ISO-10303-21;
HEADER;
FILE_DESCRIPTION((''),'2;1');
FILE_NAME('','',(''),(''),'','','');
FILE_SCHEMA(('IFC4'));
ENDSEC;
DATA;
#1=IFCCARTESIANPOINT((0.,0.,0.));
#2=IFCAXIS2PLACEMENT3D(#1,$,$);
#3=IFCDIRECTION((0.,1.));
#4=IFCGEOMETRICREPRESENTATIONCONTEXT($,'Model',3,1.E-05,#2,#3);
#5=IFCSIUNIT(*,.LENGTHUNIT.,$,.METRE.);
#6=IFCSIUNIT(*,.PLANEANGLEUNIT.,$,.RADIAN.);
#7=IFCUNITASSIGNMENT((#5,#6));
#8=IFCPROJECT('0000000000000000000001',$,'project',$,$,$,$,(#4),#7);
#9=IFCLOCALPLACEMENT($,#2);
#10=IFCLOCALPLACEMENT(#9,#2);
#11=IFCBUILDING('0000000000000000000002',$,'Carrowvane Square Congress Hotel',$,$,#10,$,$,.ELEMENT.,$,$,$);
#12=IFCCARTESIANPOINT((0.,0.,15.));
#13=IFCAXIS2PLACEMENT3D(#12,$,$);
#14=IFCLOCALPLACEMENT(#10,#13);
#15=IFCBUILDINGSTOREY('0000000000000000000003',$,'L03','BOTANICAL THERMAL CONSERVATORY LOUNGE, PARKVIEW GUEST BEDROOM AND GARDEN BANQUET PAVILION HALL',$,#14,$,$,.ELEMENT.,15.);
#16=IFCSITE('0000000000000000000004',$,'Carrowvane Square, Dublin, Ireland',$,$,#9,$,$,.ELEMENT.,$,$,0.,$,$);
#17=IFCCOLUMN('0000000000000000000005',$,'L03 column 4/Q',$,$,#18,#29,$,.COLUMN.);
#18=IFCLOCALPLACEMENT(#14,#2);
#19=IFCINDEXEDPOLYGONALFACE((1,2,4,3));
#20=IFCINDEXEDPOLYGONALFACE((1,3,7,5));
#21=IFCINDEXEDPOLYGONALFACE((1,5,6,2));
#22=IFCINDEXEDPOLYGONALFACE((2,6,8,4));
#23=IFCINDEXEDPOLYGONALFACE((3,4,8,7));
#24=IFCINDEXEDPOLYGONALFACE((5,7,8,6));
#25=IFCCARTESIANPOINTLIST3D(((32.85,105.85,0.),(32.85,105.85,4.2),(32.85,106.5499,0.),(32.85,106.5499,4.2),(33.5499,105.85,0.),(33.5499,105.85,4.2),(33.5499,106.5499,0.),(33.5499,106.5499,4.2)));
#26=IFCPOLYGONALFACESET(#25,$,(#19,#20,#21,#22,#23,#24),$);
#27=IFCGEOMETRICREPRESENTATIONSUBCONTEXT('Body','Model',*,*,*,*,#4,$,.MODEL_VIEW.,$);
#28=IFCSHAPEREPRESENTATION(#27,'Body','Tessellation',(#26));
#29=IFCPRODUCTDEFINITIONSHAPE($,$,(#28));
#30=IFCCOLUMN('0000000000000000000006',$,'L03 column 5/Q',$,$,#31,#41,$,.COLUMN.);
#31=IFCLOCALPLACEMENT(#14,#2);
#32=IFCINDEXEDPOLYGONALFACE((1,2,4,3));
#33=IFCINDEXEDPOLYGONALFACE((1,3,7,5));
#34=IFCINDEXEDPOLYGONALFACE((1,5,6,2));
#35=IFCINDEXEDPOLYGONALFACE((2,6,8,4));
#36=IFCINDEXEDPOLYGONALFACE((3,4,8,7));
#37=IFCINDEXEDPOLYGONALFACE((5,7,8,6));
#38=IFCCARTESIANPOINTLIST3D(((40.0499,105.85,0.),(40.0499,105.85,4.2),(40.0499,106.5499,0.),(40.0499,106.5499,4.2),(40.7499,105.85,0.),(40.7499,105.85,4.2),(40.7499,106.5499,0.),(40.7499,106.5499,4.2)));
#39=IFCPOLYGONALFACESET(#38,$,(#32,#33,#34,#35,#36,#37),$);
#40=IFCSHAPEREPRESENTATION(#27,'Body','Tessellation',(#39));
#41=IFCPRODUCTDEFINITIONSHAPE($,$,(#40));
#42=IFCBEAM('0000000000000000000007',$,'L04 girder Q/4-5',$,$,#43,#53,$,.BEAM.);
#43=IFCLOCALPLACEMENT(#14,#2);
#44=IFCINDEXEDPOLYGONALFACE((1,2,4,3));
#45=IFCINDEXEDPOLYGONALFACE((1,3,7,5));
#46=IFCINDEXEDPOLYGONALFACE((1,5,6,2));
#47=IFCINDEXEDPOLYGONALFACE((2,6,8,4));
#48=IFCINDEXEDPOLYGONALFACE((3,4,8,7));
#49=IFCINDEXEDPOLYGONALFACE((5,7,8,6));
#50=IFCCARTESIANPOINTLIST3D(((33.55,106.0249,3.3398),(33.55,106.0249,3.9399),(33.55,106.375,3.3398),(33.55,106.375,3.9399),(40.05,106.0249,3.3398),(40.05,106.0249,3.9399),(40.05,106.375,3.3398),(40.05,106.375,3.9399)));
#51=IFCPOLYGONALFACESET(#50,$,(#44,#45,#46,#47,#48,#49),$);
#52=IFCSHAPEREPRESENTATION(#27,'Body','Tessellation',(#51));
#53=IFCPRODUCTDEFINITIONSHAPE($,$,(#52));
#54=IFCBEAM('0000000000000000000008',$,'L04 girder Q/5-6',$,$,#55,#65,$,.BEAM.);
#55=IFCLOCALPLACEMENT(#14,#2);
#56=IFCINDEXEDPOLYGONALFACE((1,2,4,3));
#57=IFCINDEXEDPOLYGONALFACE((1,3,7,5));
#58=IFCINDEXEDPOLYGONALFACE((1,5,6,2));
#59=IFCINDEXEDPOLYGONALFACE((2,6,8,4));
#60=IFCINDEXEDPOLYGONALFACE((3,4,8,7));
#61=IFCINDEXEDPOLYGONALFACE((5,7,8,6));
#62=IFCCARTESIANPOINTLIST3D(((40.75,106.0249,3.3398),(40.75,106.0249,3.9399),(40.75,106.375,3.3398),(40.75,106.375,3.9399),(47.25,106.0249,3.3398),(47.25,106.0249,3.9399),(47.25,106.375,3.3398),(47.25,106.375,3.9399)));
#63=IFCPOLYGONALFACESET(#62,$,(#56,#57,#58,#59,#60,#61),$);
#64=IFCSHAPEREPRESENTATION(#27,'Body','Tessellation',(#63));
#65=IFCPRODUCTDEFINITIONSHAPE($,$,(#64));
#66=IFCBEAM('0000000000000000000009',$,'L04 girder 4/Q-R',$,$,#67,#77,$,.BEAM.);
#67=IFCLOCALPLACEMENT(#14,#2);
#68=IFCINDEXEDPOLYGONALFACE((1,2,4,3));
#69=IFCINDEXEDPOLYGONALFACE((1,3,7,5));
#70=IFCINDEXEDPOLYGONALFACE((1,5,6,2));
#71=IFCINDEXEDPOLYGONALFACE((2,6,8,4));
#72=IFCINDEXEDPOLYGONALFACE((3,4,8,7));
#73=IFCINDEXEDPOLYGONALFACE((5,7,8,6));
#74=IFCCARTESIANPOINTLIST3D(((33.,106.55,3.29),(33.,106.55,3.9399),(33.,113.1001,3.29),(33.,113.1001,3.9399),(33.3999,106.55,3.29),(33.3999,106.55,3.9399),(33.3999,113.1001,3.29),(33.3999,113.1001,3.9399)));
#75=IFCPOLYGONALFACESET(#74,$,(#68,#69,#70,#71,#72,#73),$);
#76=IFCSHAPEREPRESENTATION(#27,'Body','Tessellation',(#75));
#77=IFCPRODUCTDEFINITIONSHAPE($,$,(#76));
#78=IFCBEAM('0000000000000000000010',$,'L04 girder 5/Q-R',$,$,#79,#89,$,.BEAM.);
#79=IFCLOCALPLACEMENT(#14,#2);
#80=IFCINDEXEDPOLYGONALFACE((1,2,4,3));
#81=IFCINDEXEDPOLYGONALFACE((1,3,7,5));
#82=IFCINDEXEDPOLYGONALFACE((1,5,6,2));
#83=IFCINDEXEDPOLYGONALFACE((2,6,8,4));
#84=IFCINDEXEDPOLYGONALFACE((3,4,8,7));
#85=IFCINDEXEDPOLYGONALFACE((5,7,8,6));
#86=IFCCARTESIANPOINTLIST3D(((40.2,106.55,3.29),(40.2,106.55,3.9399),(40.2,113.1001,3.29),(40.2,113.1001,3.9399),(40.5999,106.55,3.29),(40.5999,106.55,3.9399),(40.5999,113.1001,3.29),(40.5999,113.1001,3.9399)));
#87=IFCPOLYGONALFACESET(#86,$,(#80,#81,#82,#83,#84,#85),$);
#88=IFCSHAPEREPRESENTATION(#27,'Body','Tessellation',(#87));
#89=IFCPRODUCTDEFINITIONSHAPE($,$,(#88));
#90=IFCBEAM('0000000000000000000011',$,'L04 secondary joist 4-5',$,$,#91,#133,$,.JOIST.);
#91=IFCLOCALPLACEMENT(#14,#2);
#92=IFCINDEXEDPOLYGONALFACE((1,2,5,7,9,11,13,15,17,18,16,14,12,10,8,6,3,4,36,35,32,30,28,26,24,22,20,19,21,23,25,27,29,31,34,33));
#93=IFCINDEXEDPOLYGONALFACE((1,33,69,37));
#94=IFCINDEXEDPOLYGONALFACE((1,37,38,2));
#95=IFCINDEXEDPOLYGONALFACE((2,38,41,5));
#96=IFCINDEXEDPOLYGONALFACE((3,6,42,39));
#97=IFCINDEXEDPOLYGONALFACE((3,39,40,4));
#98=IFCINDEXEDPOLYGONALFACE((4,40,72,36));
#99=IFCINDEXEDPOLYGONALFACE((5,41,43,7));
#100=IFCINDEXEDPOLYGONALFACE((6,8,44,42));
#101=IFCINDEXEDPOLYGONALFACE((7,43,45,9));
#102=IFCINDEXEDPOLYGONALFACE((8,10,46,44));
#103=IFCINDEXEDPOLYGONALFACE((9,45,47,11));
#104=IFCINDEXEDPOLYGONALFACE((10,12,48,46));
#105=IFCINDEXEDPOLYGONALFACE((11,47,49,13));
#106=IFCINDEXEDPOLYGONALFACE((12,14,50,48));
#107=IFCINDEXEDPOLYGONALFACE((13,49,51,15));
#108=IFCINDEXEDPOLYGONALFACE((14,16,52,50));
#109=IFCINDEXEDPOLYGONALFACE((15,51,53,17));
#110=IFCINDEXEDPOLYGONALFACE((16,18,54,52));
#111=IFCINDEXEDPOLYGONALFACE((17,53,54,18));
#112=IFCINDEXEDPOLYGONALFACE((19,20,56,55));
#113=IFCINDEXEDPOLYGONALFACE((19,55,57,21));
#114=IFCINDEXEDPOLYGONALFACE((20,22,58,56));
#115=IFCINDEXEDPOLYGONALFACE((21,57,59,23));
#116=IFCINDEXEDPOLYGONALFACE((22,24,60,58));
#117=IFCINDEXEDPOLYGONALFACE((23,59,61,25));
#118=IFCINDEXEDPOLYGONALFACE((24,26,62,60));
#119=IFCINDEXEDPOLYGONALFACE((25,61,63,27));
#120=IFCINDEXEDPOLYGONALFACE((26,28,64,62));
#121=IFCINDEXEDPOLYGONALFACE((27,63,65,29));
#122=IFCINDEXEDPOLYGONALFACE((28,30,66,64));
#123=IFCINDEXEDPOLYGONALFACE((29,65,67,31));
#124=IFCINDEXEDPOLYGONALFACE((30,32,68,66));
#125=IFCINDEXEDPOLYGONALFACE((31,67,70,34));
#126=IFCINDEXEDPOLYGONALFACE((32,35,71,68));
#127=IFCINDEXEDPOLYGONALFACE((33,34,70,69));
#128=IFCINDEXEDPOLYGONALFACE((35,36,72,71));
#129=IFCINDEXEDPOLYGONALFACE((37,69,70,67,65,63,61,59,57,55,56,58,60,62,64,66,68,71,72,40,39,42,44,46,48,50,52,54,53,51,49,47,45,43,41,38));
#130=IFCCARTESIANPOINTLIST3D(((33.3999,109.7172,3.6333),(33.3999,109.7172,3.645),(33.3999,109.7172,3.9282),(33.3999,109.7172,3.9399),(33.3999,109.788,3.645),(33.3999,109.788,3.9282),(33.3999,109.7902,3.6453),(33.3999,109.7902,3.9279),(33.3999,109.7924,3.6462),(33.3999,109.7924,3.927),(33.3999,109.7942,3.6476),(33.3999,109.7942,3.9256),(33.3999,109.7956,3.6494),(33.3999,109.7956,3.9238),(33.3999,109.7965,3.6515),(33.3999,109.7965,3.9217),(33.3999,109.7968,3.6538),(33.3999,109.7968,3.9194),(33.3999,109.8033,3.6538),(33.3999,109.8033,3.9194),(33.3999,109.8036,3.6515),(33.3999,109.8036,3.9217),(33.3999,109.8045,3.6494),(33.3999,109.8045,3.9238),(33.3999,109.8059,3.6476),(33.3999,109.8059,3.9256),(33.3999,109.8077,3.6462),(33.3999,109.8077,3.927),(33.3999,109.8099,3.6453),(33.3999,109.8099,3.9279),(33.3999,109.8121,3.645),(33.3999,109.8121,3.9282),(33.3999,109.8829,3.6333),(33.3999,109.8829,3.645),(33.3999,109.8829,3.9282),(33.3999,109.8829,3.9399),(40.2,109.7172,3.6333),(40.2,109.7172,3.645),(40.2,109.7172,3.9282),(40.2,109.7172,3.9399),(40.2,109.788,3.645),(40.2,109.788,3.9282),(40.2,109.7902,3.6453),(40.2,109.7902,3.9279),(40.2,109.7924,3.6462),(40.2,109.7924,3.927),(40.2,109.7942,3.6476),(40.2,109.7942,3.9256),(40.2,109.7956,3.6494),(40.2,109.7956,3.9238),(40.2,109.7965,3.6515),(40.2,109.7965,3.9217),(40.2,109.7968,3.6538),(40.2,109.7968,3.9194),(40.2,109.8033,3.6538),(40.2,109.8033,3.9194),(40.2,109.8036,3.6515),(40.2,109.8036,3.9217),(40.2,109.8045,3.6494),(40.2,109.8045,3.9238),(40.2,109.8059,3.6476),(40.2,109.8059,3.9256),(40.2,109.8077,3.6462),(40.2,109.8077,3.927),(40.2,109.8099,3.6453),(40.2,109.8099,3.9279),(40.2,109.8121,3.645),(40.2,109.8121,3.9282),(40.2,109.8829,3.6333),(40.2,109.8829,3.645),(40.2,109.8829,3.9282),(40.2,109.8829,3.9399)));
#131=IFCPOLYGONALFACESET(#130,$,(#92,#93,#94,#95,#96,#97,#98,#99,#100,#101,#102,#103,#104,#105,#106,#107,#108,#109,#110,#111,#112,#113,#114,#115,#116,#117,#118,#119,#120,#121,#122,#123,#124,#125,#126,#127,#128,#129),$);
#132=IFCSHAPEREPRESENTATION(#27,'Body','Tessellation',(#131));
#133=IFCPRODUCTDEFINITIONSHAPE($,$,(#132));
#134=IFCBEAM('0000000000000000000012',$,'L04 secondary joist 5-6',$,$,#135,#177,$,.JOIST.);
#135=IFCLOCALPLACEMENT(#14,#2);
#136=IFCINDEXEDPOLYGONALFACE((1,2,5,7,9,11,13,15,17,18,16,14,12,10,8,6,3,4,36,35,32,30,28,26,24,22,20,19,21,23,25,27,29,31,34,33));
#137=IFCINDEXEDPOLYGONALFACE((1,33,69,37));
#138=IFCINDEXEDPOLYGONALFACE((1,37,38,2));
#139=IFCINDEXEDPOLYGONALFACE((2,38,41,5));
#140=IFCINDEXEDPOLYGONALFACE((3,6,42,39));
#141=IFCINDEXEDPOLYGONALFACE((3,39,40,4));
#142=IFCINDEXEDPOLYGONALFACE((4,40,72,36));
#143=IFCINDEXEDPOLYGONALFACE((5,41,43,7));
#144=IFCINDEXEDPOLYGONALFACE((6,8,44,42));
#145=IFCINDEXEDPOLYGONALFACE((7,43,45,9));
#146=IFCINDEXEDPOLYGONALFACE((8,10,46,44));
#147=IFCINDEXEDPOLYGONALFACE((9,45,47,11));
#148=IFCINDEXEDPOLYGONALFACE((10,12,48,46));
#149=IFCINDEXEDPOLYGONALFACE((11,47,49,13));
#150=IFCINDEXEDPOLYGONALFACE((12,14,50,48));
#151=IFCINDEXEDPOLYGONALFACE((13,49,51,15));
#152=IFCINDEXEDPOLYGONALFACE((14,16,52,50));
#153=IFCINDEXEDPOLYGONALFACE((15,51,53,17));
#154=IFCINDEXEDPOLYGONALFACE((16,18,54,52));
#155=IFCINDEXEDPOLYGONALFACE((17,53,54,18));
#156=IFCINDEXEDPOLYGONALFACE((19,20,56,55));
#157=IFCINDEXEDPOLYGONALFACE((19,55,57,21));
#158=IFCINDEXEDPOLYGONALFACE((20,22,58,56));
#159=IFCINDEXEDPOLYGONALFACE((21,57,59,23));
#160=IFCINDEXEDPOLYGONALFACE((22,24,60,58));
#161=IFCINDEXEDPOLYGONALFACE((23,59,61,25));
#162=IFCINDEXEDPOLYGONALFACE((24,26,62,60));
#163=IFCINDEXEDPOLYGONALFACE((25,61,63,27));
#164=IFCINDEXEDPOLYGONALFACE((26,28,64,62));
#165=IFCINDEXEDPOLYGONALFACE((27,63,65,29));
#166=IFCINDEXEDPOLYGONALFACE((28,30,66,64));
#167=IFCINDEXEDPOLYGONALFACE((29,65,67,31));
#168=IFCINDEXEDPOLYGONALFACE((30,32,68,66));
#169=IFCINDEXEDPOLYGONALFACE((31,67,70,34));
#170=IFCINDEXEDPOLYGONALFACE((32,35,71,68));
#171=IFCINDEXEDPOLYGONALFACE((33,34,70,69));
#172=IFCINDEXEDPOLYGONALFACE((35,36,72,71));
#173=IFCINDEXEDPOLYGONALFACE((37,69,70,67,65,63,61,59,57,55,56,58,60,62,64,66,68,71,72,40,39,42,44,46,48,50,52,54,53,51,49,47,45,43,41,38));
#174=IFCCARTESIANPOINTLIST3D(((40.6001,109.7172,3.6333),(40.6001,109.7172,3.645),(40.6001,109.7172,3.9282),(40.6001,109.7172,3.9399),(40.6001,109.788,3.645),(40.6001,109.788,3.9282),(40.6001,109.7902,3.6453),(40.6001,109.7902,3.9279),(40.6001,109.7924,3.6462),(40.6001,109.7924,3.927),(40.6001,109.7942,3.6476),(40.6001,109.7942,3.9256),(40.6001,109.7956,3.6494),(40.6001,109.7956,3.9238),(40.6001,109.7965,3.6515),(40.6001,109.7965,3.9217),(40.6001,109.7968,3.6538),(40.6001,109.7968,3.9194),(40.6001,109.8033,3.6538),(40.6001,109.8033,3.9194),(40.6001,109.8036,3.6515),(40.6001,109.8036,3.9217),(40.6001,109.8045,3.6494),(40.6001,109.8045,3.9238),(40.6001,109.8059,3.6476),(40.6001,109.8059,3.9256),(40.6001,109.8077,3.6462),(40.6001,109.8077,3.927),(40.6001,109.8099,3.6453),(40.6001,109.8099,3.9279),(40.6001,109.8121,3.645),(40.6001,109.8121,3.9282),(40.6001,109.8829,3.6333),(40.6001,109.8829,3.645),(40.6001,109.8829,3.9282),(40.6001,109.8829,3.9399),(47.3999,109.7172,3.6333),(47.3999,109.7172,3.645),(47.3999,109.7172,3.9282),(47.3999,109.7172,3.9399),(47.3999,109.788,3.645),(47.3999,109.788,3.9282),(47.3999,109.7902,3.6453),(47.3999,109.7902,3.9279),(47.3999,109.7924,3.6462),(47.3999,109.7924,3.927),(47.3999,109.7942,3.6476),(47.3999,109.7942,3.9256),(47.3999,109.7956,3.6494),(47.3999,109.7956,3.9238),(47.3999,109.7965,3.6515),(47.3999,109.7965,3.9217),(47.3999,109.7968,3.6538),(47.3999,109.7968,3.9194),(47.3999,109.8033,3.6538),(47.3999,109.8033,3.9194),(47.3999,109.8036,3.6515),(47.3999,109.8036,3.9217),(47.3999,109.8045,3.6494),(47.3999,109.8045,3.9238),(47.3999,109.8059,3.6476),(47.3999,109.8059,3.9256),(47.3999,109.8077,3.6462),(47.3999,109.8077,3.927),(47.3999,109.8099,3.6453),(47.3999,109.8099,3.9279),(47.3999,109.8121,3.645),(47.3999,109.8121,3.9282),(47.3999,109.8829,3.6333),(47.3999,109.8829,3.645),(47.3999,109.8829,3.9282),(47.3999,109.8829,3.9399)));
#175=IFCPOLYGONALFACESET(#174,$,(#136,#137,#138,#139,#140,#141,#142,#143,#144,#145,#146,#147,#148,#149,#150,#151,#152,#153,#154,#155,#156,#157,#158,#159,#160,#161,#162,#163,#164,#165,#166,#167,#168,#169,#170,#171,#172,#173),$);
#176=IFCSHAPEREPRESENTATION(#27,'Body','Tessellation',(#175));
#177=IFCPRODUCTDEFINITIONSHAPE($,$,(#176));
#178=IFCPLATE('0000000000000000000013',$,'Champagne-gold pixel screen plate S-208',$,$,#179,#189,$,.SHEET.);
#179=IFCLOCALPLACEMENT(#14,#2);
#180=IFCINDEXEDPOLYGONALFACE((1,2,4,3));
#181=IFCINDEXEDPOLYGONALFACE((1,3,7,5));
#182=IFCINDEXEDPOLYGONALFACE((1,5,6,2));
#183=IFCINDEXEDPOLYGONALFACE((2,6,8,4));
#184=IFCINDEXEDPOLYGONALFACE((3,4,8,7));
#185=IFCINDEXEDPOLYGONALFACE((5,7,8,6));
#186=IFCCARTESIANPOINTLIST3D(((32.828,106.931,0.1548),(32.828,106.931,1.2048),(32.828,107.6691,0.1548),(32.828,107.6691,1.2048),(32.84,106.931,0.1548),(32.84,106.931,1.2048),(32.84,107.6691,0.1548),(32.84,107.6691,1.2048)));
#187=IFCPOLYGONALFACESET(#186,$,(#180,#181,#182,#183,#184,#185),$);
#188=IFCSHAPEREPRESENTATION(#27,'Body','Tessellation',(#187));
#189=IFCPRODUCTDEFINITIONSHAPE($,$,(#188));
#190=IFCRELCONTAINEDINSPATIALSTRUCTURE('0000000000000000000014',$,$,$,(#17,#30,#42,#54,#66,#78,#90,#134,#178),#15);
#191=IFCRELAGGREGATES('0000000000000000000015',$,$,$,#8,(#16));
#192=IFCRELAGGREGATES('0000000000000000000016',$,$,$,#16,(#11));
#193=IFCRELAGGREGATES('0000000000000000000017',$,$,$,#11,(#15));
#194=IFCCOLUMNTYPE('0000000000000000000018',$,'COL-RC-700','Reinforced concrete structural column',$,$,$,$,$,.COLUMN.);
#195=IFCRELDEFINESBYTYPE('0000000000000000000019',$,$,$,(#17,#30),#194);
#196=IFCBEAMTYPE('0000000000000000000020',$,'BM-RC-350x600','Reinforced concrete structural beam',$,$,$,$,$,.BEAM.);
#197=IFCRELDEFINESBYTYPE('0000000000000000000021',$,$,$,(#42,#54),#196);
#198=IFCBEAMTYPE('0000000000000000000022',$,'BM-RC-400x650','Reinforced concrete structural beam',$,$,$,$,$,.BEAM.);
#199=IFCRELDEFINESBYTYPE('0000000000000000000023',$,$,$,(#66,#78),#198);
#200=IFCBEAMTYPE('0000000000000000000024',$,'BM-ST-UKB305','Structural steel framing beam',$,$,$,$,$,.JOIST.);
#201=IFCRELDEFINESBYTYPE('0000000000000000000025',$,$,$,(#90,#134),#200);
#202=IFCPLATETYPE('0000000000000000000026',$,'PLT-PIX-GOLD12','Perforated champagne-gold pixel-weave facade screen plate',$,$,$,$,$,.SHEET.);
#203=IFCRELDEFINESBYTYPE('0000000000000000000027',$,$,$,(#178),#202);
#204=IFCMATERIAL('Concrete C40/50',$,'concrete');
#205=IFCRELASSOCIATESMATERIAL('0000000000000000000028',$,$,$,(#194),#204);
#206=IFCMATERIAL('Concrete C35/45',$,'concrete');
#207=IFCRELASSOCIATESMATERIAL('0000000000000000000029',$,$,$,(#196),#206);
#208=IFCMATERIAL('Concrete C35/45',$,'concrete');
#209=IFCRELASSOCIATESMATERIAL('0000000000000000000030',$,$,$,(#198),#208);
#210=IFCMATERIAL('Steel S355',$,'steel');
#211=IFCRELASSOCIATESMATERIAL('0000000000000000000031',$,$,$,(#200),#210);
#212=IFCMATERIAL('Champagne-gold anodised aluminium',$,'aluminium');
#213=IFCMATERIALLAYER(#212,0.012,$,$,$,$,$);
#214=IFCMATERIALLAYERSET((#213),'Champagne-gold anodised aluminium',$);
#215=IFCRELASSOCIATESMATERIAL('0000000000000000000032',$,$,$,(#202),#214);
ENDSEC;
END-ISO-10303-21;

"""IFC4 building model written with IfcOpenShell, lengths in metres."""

from ifc_helpers import new_model, si_unit, direction, frame, origin, origin_2d, place, context, subcontext, project, spatial, rectangle, i_section, extrude, material, layer, layer_set, material_profile, profile_set, type_object, element, save


model = new_model("IFC4")

# Units and contexts
model_context = context("Model", 3, precision=1e-05, world=origin(), true_north=direction((0.0, 1.0)))
body_context = subcontext(model_context, "Body", "Model", "MODEL_VIEW")
ifc_project = project(units=[si_unit("LENGTHUNIT", "METRE"), si_unit("PLANEANGLEUNIT", "RADIAN")], contexts=[model_context])

# Site, building, storey
site_placement = place(None, origin())
site = spatial("IfcSite", under=ifc_project, at=site_placement, Name="Carrowvane Square, Dublin, Ireland", CompositionType="ELEMENT", RefElevation=0.0)
building_placement = place(site_placement, origin())
building = spatial("IfcBuilding", under=site, at=building_placement, Name="Carrowvane Square Congress Hotel", CompositionType="ELEMENT")
storey_placement = place(building_placement, frame((0.0, 0.0, 15.0)))
storey = spatial("IfcBuildingStorey", under=building, at=storey_placement, Name="L03", Description="BOTANICAL THERMAL CONSERVATORY LOUNGE, PARKVIEW GUEST BEDROOM AND GARDEN BANQUET PAVILION HALL", CompositionType="ELEMENT", Elevation=15.0)

# Columns
ifc_material_1 = material(Name="Concrete C40/50", Category="concrete")
ifc_material_profile_1 = material_profile(ifc_material_1, rectangle(XDim=0.7, YDim=0.7, at=origin_2d()), Name="RC 700x700")
ifc_profile_set_1 = profile_set([ifc_material_profile_1], Name="Concrete C40/50")
column_type = type_object("IfcColumnType", Name="COL-RC-700", Description="Reinforced concrete structural column", PredefinedType="COLUMN", material=ifc_profile_set_1)
for number, where, z_axis, x_axis, name in (
    (1, (33.2, 106.2, 0.0), (0.0, 0.0, 1.0), (1.0, 0.0, 0.0), "L03 column 4/Q"),
    (2, (40.3999, 106.2, 0.0), (0.0, 0.0, 1.0), (1.0, 0.0, 0.0), "L03 column 5/Q"),
):
    element("IfcColumn", number, at=place(storey_placement, frame(where, z_axis=z_axis, x_axis=x_axis)), inside=storey, type_object=column_type, Name=name, PredefinedType="COLUMN", context=body_context, shape_type="SweptSolid", body=[
        extrude(rectangle(XDim=0.7, YDim=0.7, at=origin_2d()), origin(), (0.0, 0.0, 1.0), 4.2),
    ])

# Beams
ifc_material_2 = material(Name="Concrete C35/45", Category="concrete")
ifc_material_profile_2 = material_profile(ifc_material_2, rectangle(XDim=0.3501, YDim=0.6001, at=origin_2d()), Name="RC 350x600")
ifc_profile_set_2 = profile_set([ifc_material_profile_2], Name="Concrete C35/45")
beam_type_1 = type_object("IfcBeamType", Name="BM-RC-350x600", Description="Reinforced concrete structural beam", PredefinedType="BEAM", material=ifc_profile_set_2)
for number, where, z_axis, x_axis, name in (
    (3, (33.55, 106.2, 3.6399), (1.0, 0.0, 0.0), (0.0, 1.0, 0.0), "L04 girder Q/4-5"),
    (4, (40.75, 106.2, 3.6399), (1.0, 0.0, 0.0), (0.0, 1.0, 0.0), "L04 girder Q/5-6"),
):
    element("IfcBeam", number, at=place(storey_placement, frame(where, z_axis=z_axis, x_axis=x_axis)), inside=storey, type_object=beam_type_1, Name=name, PredefinedType="BEAM", context=body_context, shape_type="SweptSolid", body=[
        extrude(rectangle(XDim=0.3501, YDim=0.6001, at=origin_2d()), origin(), (0.0, 0.0, 1.0), 6.5),
    ])
ifc_material_3 = material(Name="Concrete C35/45", Category="concrete")
ifc_material_profile_3 = material_profile(ifc_material_3, rectangle(XDim=0.3999, YDim=0.6499, at=origin_2d()), Name="RC 400x650")
ifc_profile_set_3 = profile_set([ifc_material_profile_3], Name="Concrete C35/45")
beam_type_2 = type_object("IfcBeamType", Name="BM-RC-400x650", Description="Reinforced concrete structural beam", PredefinedType="BEAM", material=ifc_profile_set_3)
for number, where, z_axis, x_axis, name in (
    (5, (33.2, 106.55, 3.615), (0.0, 1.0, 0.0), (-1.0, 0.0, 0.0), "L04 girder 4/Q-R"),
    (6, (40.3999, 106.55, 3.615), (0.0, 1.0, 0.0), (-1.0, 0.0, 0.0), "L04 girder 5/Q-R"),
):
    element("IfcBeam", number, at=place(storey_placement, frame(where, z_axis=z_axis, x_axis=x_axis)), inside=storey, type_object=beam_type_2, Name=name, PredefinedType="BEAM", context=body_context, shape_type="SweptSolid", body=[
        extrude(rectangle(XDim=0.3999, YDim=0.6499, at=origin_2d()), origin(), (0.0, 0.0, 1.0), 6.55),
    ])
ifc_material_4 = material(Name="Steel S355", Category="steel")
ifc_material_profile_4 = material_profile(ifc_material_4, i_section(OverallWidth=0.1658, OverallDepth=0.3066, WebThickness=0.0066, FlangeThickness=0.0117, FilletRadius=0.0088, at=origin_2d()), Name="UKB 305x165x46")
ifc_profile_set_4 = profile_set([ifc_material_profile_4], Name="Steel S355")
beam_type_3 = type_object("IfcBeamType", Name="BM-ST-UKB305", Description="Structural steel framing beam", PredefinedType="JOIST", material=ifc_profile_set_4)
beam_1_placement = place(storey_placement, frame((33.3999, 109.8, 3.7866), z_axis=(1.0, 0.0, 0.0), x_axis=(0.0, 1.0, 0.0)))
element("IfcBeam", 7, at=beam_1_placement, inside=storey, type_object=beam_type_3, Name="L04 secondary joist 4-5", PredefinedType="JOIST", context=body_context, shape_type="SweptSolid", body=[
    extrude(i_section(OverallWidth=0.1658, OverallDepth=0.3066, WebThickness=0.0066, FlangeThickness=0.0117, FilletRadius=0.0088, at=origin_2d()), origin(), (0.0, 0.0, 1.0), 6.8),
])
beam_2_placement = place(storey_placement, frame((40.6001, 109.8, 3.7866), z_axis=(1.0, 0.0, 0.0), x_axis=(0.0, 1.0, 0.0)))
element("IfcBeam", 8, at=beam_2_placement, inside=storey, type_object=beam_type_3, Name="L04 secondary joist 5-6", PredefinedType="JOIST", context=body_context, shape_type="SweptSolid", body=[
    extrude(i_section(OverallWidth=0.1658, OverallDepth=0.3066, WebThickness=0.0066, FlangeThickness=0.0117, FilletRadius=0.0088, at=origin_2d()), origin(), (0.0, 0.0, 1.0), 6.7998),
])

# Plate
ifc_material_5 = material(Name="Champagne-gold anodised aluminium", Category="aluminium")
ifc_layer_1 = layer(ifc_material_5, 0.012)
ifc_layer_set_1 = layer_set([ifc_layer_1], Name="Champagne-gold anodised aluminium")
plate_type_1 = type_object("IfcPlateType", Name="PLT-PIX-GOLD12", Description="Perforated champagne-gold pixel-weave facade screen plate", PredefinedType="SHEET", material=ifc_layer_set_1)
for number, where, z_axis, x_axis, name in (
    (9, (32.834, 107.3, 0.1548), (0.0, 0.0, 1.0), (0.0, 1.0, 0.0), "Champagne-gold pixel screen plate S-208"),
):
    element("IfcPlate", number, at=place(storey_placement, frame(where, z_axis=z_axis, x_axis=x_axis)), inside=storey, type_object=plate_type_1, Name=name, PredefinedType="SHEET", context=body_context, shape_type="SweptSolid", body=[
        extrude(rectangle(XDim=0.738, YDim=0.012, at=origin_2d()), origin(), (0.0, 0.0, 1.0), 1.05),
    ])

save(model, "model.ifc")
